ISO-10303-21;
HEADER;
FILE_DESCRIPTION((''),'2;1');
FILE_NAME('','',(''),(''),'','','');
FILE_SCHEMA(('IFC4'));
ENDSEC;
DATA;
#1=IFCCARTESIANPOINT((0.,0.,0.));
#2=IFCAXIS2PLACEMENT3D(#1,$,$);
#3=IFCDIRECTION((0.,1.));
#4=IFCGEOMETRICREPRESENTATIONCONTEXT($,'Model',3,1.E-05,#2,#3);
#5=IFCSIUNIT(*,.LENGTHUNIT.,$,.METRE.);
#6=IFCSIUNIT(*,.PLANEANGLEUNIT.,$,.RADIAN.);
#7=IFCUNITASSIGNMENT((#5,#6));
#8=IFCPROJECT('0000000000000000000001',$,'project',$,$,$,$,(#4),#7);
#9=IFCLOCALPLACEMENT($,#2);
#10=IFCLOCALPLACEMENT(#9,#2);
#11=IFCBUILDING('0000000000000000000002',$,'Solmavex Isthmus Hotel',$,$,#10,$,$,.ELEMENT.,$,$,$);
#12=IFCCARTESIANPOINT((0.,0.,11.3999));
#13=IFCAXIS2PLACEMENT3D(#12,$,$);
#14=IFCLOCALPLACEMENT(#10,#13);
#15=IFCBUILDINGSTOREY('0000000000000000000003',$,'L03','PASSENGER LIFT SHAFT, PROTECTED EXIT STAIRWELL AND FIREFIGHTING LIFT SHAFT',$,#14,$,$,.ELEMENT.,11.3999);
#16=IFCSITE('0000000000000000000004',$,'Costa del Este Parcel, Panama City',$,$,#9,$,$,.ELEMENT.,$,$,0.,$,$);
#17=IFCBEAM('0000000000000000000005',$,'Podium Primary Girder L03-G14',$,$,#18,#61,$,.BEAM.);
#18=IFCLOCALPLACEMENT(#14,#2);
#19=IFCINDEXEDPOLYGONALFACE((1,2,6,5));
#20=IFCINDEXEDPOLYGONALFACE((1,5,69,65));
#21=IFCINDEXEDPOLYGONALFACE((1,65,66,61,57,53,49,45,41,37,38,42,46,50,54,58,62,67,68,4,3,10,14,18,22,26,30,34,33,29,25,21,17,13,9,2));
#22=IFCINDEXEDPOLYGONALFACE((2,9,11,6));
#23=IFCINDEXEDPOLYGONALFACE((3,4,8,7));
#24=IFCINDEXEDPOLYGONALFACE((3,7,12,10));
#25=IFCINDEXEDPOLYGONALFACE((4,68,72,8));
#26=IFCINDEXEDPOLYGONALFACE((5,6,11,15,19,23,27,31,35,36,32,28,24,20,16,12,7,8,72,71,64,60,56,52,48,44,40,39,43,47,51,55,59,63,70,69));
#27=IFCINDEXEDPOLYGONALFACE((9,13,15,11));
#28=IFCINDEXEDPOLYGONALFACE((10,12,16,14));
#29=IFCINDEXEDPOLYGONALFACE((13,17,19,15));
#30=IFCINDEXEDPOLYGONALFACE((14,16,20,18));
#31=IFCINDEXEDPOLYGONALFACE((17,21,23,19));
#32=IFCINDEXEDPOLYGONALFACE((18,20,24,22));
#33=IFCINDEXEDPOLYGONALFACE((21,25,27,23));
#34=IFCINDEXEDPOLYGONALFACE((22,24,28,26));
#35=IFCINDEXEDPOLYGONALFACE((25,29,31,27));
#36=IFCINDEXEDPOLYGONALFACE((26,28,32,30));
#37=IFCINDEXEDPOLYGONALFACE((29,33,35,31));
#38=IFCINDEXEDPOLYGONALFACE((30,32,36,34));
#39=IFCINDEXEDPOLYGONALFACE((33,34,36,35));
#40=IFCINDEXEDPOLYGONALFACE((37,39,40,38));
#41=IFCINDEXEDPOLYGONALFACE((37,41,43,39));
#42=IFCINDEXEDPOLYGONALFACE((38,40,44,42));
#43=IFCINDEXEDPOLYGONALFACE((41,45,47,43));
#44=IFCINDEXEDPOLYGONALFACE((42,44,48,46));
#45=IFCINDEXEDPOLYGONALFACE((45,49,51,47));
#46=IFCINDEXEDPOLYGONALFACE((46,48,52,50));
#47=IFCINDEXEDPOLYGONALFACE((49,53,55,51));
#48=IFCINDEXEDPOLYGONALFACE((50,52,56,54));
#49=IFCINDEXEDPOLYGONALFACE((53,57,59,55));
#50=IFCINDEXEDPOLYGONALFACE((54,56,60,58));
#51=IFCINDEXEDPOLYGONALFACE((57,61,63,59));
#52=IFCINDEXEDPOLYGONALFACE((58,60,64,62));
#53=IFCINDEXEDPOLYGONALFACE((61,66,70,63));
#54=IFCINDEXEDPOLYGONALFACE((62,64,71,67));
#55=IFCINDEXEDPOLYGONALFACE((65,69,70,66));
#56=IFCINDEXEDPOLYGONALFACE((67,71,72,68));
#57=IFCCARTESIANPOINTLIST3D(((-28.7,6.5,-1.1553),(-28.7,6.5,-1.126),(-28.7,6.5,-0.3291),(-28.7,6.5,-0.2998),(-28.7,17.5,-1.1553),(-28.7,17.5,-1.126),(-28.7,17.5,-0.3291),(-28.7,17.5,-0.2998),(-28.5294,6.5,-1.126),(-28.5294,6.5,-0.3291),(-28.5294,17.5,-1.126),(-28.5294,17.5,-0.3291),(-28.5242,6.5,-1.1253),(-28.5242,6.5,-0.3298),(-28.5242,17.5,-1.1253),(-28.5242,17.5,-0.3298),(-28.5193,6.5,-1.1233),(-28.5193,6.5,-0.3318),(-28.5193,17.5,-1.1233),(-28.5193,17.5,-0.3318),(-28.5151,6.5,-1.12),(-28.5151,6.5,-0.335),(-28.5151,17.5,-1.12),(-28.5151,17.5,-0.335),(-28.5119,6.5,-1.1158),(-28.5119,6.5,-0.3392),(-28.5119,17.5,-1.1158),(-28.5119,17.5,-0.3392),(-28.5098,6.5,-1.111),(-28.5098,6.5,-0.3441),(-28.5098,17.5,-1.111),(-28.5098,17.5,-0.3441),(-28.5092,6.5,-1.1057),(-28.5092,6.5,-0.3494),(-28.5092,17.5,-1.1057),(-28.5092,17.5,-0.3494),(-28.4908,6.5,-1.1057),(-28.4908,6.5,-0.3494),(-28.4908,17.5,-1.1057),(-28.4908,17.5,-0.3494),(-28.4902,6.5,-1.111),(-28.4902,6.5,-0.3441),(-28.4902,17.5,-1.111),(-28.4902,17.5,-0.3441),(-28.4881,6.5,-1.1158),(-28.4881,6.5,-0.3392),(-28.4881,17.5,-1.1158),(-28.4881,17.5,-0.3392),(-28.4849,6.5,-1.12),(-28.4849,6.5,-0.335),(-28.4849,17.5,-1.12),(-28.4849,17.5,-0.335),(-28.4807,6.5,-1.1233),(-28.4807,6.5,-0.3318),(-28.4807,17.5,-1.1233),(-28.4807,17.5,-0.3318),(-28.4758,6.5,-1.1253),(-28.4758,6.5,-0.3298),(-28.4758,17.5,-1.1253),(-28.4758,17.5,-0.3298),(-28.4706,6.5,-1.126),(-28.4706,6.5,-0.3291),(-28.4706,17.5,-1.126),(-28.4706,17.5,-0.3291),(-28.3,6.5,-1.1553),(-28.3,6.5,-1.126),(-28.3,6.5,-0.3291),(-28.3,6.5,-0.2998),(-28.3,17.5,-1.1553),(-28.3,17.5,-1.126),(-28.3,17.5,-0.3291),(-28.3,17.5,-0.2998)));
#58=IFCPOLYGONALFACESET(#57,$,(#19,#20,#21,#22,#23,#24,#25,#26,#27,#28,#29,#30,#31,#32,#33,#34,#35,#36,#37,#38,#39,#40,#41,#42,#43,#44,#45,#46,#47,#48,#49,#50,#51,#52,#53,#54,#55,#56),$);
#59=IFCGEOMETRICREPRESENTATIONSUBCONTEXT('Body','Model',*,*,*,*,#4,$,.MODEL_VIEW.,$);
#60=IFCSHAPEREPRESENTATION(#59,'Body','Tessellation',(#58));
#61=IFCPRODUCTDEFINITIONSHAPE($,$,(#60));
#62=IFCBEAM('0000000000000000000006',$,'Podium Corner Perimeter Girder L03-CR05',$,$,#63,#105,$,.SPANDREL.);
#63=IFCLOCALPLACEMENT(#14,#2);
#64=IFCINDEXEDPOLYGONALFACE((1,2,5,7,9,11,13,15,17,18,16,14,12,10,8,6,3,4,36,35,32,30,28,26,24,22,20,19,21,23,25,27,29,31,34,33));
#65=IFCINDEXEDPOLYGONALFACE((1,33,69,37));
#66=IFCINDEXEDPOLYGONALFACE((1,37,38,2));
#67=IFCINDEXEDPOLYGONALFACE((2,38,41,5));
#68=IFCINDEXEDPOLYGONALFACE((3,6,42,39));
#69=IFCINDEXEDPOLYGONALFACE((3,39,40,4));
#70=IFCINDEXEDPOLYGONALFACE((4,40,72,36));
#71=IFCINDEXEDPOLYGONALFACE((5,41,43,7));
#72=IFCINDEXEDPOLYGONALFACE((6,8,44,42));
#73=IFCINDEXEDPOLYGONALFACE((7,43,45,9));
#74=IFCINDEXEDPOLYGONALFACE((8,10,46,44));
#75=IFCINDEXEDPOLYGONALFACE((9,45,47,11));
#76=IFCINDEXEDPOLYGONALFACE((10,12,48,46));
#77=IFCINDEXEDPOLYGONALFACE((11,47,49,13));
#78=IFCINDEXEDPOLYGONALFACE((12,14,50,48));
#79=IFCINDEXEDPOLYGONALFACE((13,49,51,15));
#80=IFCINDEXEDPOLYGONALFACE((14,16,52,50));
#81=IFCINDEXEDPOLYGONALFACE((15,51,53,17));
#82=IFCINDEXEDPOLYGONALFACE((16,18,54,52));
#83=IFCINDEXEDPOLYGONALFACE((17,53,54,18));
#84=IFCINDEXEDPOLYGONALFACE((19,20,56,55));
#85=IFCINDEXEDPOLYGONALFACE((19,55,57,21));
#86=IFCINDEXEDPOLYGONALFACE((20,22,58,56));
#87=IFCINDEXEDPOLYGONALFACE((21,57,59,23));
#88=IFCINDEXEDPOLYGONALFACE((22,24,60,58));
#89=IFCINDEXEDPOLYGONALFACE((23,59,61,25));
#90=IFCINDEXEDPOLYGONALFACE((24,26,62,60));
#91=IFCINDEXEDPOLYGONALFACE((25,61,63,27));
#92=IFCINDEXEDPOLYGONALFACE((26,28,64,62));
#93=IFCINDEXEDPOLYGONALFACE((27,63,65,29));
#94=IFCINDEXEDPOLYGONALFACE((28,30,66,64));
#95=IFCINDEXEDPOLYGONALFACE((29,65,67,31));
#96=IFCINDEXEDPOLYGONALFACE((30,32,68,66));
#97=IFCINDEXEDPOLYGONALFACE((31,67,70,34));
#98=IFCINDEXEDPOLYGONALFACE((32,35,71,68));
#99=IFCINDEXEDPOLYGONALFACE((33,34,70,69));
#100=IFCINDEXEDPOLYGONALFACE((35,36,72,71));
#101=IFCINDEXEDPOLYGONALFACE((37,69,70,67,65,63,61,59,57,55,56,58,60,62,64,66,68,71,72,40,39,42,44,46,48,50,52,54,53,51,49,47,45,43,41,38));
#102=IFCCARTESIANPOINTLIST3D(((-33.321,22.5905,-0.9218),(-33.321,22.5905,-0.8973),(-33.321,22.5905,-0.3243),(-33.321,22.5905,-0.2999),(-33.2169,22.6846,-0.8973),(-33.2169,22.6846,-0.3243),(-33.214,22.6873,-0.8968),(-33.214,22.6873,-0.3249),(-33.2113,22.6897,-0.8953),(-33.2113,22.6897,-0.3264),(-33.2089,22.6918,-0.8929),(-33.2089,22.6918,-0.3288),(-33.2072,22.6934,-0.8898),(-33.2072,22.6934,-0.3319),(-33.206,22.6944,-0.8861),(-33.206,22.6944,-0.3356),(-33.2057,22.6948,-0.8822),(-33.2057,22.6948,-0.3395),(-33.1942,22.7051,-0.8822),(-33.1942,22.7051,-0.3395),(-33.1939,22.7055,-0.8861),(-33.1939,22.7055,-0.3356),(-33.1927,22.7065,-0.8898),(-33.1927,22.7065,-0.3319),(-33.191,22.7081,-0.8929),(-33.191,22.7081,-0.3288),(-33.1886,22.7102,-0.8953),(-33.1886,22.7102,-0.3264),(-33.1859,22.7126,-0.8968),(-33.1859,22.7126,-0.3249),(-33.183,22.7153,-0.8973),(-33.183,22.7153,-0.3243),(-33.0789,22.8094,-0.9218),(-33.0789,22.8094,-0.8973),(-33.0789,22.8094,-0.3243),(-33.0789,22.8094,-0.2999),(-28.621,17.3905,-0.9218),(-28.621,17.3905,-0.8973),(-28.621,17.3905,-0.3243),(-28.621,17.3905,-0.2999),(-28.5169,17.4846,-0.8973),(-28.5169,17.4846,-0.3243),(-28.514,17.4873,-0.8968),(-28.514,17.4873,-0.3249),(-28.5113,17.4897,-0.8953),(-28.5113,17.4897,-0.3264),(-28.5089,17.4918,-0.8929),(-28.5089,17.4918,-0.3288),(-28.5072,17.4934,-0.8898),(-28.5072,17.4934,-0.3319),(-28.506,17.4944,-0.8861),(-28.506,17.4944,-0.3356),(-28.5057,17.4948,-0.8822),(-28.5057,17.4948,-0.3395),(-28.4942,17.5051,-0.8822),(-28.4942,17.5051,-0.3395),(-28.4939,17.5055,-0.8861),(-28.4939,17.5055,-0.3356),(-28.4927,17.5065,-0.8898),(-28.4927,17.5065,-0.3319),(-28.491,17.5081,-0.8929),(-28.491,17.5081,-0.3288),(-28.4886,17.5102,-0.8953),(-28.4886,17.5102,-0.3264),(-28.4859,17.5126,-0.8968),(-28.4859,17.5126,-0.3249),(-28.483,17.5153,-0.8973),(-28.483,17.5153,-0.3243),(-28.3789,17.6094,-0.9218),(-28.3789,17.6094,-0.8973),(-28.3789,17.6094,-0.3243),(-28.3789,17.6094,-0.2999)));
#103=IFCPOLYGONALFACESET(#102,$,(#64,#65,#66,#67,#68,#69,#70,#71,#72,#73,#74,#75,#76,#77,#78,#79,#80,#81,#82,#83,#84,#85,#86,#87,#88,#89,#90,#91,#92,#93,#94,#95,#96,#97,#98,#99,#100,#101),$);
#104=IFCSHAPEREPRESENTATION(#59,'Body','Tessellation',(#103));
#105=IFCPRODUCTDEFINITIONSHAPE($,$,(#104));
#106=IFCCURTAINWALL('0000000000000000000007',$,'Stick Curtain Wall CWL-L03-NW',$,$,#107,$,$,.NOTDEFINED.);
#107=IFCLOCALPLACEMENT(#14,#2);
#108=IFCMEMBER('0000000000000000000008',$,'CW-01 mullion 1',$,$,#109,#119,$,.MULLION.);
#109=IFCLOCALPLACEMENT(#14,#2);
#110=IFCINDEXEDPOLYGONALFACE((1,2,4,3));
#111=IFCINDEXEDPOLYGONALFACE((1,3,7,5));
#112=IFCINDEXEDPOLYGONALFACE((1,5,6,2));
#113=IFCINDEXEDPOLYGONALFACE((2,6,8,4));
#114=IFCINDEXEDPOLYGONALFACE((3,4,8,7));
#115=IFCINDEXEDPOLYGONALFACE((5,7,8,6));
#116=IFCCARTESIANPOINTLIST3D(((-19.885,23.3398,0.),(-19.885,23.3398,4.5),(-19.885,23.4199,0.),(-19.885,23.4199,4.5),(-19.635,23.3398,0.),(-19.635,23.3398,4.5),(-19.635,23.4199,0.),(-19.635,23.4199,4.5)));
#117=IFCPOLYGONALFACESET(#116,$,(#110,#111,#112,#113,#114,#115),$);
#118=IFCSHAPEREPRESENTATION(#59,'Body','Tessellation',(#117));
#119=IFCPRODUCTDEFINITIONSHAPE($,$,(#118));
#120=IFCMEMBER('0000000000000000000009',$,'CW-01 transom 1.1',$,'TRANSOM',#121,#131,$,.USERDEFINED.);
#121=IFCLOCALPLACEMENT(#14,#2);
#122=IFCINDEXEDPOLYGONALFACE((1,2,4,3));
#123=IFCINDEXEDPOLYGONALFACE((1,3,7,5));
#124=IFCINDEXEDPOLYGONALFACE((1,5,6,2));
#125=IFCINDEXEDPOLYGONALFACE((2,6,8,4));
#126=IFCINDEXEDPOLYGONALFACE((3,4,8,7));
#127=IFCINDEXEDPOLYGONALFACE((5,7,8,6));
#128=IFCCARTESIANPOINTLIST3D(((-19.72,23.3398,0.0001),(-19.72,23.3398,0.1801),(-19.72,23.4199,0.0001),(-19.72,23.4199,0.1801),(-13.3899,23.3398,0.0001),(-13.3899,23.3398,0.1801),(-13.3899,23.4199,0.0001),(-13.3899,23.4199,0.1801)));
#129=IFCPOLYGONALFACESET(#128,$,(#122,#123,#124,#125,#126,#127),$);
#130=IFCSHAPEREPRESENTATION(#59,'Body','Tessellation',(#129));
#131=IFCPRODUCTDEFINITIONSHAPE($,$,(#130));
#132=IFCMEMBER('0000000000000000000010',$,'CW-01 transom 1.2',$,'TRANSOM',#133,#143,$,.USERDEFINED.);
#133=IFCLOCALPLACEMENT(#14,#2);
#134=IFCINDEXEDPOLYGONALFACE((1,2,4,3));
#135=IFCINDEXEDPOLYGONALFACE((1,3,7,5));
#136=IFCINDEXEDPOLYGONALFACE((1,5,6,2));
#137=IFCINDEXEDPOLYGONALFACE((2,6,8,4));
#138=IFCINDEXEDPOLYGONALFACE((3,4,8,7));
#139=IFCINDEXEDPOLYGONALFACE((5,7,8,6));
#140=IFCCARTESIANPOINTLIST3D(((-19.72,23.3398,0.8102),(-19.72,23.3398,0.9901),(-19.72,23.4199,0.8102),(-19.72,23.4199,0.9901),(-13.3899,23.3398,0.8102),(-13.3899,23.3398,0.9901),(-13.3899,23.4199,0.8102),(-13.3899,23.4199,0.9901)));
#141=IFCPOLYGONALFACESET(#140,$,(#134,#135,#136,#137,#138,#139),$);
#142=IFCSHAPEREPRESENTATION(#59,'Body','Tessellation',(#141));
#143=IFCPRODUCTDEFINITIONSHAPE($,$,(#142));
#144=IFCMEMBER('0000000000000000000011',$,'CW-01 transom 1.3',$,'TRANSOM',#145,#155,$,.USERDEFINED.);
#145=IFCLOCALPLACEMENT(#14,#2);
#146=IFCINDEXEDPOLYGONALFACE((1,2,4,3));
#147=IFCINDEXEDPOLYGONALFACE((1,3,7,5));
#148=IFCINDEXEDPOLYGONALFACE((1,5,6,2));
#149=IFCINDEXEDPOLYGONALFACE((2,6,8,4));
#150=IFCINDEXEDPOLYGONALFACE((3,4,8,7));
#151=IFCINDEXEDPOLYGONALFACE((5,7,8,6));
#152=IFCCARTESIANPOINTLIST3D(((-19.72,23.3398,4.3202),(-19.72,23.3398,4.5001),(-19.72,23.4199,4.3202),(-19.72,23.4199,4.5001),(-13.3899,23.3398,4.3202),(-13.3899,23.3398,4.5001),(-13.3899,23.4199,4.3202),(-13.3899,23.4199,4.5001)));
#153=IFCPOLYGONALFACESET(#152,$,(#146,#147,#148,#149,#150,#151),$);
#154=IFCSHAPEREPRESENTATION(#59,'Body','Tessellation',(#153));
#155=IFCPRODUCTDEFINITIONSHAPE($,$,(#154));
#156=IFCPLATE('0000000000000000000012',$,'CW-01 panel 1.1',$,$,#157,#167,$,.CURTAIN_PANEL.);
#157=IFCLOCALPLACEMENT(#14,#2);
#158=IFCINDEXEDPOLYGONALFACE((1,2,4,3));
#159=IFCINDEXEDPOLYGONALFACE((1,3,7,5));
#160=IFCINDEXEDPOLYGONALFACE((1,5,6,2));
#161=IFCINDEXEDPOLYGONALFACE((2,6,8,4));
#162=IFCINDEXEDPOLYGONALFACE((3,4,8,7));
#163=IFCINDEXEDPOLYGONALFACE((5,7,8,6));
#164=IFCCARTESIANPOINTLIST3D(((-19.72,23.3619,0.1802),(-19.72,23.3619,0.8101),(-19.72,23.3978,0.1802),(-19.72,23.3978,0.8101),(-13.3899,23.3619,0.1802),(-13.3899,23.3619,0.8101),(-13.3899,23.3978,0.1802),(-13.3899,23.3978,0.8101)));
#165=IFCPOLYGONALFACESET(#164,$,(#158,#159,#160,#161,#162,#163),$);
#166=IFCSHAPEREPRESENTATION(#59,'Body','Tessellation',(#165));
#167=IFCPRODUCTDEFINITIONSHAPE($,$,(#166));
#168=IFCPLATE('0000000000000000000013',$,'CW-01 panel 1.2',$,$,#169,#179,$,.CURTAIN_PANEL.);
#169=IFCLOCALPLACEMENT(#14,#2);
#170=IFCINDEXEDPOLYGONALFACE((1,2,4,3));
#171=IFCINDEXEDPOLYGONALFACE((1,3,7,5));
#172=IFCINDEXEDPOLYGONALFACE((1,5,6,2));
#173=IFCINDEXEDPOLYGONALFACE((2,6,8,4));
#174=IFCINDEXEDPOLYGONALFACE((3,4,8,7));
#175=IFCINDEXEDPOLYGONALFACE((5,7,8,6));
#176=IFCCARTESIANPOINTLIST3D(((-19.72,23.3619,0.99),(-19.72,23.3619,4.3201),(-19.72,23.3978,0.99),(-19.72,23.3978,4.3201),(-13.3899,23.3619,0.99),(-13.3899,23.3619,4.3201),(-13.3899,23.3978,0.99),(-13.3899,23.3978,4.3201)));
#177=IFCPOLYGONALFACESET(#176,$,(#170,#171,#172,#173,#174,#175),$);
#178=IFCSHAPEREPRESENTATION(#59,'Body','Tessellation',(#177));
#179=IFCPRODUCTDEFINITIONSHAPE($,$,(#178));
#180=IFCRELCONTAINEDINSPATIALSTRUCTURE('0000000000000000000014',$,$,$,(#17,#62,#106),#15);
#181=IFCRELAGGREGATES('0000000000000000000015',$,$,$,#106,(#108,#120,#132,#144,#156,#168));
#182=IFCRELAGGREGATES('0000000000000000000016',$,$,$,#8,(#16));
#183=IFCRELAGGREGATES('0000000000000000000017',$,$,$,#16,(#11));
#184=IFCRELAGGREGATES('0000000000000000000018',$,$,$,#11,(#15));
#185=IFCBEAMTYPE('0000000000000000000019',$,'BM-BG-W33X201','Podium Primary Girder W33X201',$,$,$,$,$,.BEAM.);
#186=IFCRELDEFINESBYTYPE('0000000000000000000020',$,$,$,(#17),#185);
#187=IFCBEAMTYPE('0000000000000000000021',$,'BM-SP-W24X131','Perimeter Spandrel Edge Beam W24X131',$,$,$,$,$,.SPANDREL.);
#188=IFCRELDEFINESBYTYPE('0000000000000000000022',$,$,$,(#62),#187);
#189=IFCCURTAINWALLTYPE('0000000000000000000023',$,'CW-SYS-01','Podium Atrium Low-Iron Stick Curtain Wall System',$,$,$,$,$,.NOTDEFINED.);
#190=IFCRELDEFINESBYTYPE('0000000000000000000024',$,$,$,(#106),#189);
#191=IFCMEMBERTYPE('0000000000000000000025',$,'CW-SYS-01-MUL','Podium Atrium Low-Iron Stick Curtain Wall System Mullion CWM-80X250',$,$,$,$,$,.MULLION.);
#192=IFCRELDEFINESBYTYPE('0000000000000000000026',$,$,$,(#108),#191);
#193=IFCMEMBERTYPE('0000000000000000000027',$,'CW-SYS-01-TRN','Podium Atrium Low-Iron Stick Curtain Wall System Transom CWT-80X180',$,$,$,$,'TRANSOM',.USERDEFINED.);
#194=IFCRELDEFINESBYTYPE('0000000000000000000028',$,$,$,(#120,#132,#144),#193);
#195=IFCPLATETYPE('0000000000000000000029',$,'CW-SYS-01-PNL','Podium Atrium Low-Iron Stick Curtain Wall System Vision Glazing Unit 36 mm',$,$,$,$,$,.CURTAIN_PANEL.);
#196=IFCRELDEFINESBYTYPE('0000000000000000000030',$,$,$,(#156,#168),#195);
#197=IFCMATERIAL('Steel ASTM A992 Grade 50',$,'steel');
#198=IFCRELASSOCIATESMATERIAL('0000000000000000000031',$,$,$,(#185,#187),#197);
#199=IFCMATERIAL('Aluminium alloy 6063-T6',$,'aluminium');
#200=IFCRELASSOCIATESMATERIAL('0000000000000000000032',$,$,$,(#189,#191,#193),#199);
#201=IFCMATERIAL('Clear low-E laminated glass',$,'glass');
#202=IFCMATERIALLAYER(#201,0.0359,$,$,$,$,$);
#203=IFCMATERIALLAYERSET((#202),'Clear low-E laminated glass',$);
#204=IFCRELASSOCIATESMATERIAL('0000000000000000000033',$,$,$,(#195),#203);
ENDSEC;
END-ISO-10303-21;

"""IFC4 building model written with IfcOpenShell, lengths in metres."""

from ifc_helpers import new_model, si_unit, direction, frame, origin, origin_2d, place, context, subcontext, project, spatial, rectangle, i_section, extrude, material, layer, layer_set, material_profile, profile_set, type_object, element, aggregate, save


model = new_model("IFC4")

# Units and contexts
model_context = context("Model", 3, precision=1e-05, world=origin(), true_north=direction((0.0, 1.0)))
body_context = subcontext(model_context, "Body", "Model", "MODEL_VIEW")
ifc_project = project(units=[si_unit("LENGTHUNIT", "METRE"), si_unit("PLANEANGLEUNIT", "RADIAN")], contexts=[model_context])

# Site, building, storey
site_placement = place(None, origin())
site = spatial("IfcSite", under=ifc_project, at=site_placement, Name="Costa del Este Parcel, Panama City", CompositionType="ELEMENT", RefElevation=0.0)
building_placement = place(site_placement, origin())
building = spatial("IfcBuilding", under=site, at=building_placement, Name="Solmavex Isthmus Hotel", CompositionType="ELEMENT")
storey_placement = place(building_placement, frame((0.0, 0.0, 11.3999)))
storey = spatial("IfcBuildingStorey", under=building, at=storey_placement, Name="L03", Description="PASSENGER LIFT SHAFT, PROTECTED EXIT STAIRWELL AND FIREFIGHTING LIFT SHAFT", CompositionType="ELEMENT", Elevation=11.3999)

# Beams
ifc_material_1 = material(Name="Steel ASTM A992 Grade 50", Category="steel")
ifc_material_profile_1 = material_profile(ifc_material_1, i_section(OverallWidth=0.3999, OverallDepth=0.8555, WebThickness=0.0183, FlangeThickness=0.0293, FilletRadius=0.0203, at=origin_2d()), Name="W33X201")
ifc_profile_set_1 = profile_set([ifc_material_profile_1], Name="Steel ASTM A992 Grade 50")
beam_type_1 = type_object("IfcBeamType", Name="BM-BG-W33X201", Description="Podium Primary Girder W33X201", PredefinedType="BEAM", material=ifc_profile_set_1)
beam_1_placement = place(storey_placement, frame((-28.5, 6.5, -0.7275), z_axis=(0.0, 1.0, 0.0), x_axis=(-1.0, 0.0, 0.0)))
element("IfcBeam", 1, at=beam_1_placement, inside=storey, type_object=beam_type_1, Name="Podium Primary Girder L03-G14", PredefinedType="BEAM", context=body_context, shape_type="SweptSolid", body=[
    extrude(i_section(OverallWidth=0.3999, OverallDepth=0.8555, WebThickness=0.0183, FlangeThickness=0.0293, FilletRadius=0.0203, at=origin_2d()), origin(), (0.0, 0.0, 1.0), 11.0),
])
ifc_material_profile_2 = material_profile(ifc_material_1, i_section(OverallWidth=0.3264, OverallDepth=0.6218, WebThickness=0.0154, FlangeThickness=0.0244, FilletRadius=0.0151, at=origin_2d()), Name="W24X131")
ifc_profile_set_2 = profile_set([ifc_material_profile_2], Name="Steel ASTM A992 Grade 50")
beam_type_2 = type_object("IfcBeamType", Name="BM-SP-W24X131", Description="Perimeter Spandrel Edge Beam W24X131", PredefinedType="SPANDREL", material=ifc_profile_set_2)
beam_2_placement = place(storey_placement, frame((-33.2, 22.7, -0.6108), z_axis=(0.670539, -0.741874, 0.0), x_axis=(0.741874, 0.670539, 0.0)))
element("IfcBeam", 2, at=beam_2_placement, inside=storey, type_object=beam_type_2, Name="Podium Corner Perimeter Girder L03-CR05", PredefinedType="SPANDREL", context=body_context, shape_type="SweptSolid", body=[
    extrude(i_section(OverallWidth=0.3264, OverallDepth=0.6218, WebThickness=0.0154, FlangeThickness=0.0244, FilletRadius=0.0151, at=origin_2d()), origin(), (0.0, 0.0, 1.0), 7.0093),
])

# Curtain wall, members, plates
ifc_material_2 = material(Name="Aluminium alloy 6063-T6", Category="aluminium")
curtain_wall_type = type_object("IfcCurtainWallType", Name="CW-SYS-01", Description="Podium Atrium Low-Iron Stick Curtain Wall System", PredefinedType="NOTDEFINED", material=ifc_material_2)
curtain_wall_placement = place(storey_placement, origin())
curtain_wall = element("IfcCurtainWall", 3, at=curtain_wall_placement, inside=storey, type_object=curtain_wall_type, Name="Stick Curtain Wall CWL-L03-NW", PredefinedType="NOTDEFINED")
ifc_material_profile_3 = material_profile(ifc_material_2, rectangle(XDim=0.0801, YDim=0.25, at=origin_2d()), Name="CWM-80X250")
ifc_profile_set_3 = profile_set([ifc_material_profile_3], Name="Aluminium alloy 6063-T6")
member_type_1 = type_object("IfcMemberType", Name="CW-SYS-01-MUL", Description="Podium Atrium Low-Iron Stick Curtain Wall System Mullion CWM-80X250", PredefinedType="MULLION", material=ifc_profile_set_3)
member_1_placement = place(storey_placement, frame((-19.76, 23.3799, 0.0), z_axis=(0.0, 0.0, 1.0), x_axis=(0.0, 1.0, 0.0)))
member_1 = element("IfcMember", 4, at=member_1_placement, type_object=member_type_1, Name="CW-01 mullion 1", PredefinedType="MULLION", context=body_context, shape_type="SweptSolid", body=[
    extrude(rectangle(XDim=0.0801, YDim=0.25, at=origin_2d()), origin(), (0.0, 0.0, 1.0), 4.5),
])
ifc_material_profile_4 = material_profile(ifc_material_2, rectangle(XDim=0.0801, YDim=0.1799, at=origin_2d()), Name="CWT-80X180")
ifc_profile_set_4 = profile_set([ifc_material_profile_4], Name="Aluminium alloy 6063-T6")
member_type_2 = type_object("IfcMemberType", Name="CW-SYS-01-TRN", Description="Podium Atrium Low-Iron Stick Curtain Wall System Transom CWT-80X180", ElementType="TRANSOM", PredefinedType="USERDEFINED", material=ifc_profile_set_4)
member_2_placement = place(storey_placement, frame((-19.72, 23.3799, 0.0901), z_axis=(1.0, 0.0, 0.0), x_axis=(0.0, 1.0, 0.0)))
member_2 = element("IfcMember", 5, at=member_2_placement, type_object=member_type_2, Name="CW-01 transom 1.1", ObjectType="TRANSOM", PredefinedType="USERDEFINED", context=body_context, shape_type="SweptSolid", body=[
    extrude(rectangle(XDim=0.0801, YDim=0.1799, at=origin_2d()), origin(), (0.0, 0.0, 1.0), 6.3301),
])
member_3_placement = place(storey_placement, frame((-19.72, 23.3799, 0.9001), z_axis=(1.0, 0.0, 0.0), x_axis=(0.0, 1.0, 0.0)))
member_3 = element("IfcMember", 6, at=member_3_placement, type_object=member_type_2, Name="CW-01 transom 1.2", ObjectType="TRANSOM", PredefinedType="USERDEFINED", context=body_context, shape_type="SweptSolid", body=[
    extrude(rectangle(XDim=0.0801, YDim=0.1799, at=origin_2d()), origin(), (0.0, 0.0, 1.0), 6.3301),
])
member_4_placement = place(storey_placement, frame((-19.72, 23.3799, 4.4102), z_axis=(1.0, 0.0, 0.0), x_axis=(0.0, 1.0, 0.0)))
member_4 = element("IfcMember", 7, at=member_4_placement, type_object=member_type_2, Name="CW-01 transom 1.3", ObjectType="TRANSOM", PredefinedType="USERDEFINED", context=body_context, shape_type="SweptSolid", body=[
    extrude(rectangle(XDim=0.0801, YDim=0.1799, at=origin_2d()), origin(), (0.0, 0.0, 1.0), 6.3301),
])
ifc_material_3 = material(Name="Clear low-E laminated glass", Category="glass")
ifc_layer_1 = layer(ifc_material_3, 0.0359)
ifc_layer_set_1 = layer_set([ifc_layer_1], Name="Clear low-E laminated glass")
plate_type = type_object("IfcPlateType", Name="CW-SYS-01-PNL", Description="Podium Atrium Low-Iron Stick Curtain Wall System Vision Glazing Unit 36 mm", PredefinedType="CURTAIN_PANEL", material=ifc_layer_set_1)
plate_1_placement = place(storey_placement, frame((-16.5549, 23.3799, 0.1802), z_axis=(0.0, 0.0, 1.0), x_axis=(1.0, 0.0, 0.0)))
plate_1 = element("IfcPlate", 8, at=plate_1_placement, type_object=plate_type, Name="CW-01 panel 1.1", PredefinedType="CURTAIN_PANEL", context=body_context, shape_type="SweptSolid", body=[
    extrude(rectangle(XDim=6.3301, YDim=0.0359, at=origin_2d()), origin(), (0.0, 0.0, 1.0), 0.6299),
])
plate_2_placement = place(storey_placement, frame((-16.5549, 23.3799, 0.99), z_axis=(0.0, 0.0, 1.0), x_axis=(1.0, 0.0, 0.0)))
plate_2 = element("IfcPlate", 9, at=plate_2_placement, type_object=plate_type, Name="CW-01 panel 1.2", PredefinedType="CURTAIN_PANEL", context=body_context, shape_type="SweptSolid", body=[
    extrude(rectangle(XDim=6.3301, YDim=0.0359, at=origin_2d()), origin(), (0.0, 0.0, 1.0), 3.3301),
])
aggregate(curtain_wall, [member_1, member_2, member_3, member_4, plate_1, plate_2])

save(model, "model.ifc")
